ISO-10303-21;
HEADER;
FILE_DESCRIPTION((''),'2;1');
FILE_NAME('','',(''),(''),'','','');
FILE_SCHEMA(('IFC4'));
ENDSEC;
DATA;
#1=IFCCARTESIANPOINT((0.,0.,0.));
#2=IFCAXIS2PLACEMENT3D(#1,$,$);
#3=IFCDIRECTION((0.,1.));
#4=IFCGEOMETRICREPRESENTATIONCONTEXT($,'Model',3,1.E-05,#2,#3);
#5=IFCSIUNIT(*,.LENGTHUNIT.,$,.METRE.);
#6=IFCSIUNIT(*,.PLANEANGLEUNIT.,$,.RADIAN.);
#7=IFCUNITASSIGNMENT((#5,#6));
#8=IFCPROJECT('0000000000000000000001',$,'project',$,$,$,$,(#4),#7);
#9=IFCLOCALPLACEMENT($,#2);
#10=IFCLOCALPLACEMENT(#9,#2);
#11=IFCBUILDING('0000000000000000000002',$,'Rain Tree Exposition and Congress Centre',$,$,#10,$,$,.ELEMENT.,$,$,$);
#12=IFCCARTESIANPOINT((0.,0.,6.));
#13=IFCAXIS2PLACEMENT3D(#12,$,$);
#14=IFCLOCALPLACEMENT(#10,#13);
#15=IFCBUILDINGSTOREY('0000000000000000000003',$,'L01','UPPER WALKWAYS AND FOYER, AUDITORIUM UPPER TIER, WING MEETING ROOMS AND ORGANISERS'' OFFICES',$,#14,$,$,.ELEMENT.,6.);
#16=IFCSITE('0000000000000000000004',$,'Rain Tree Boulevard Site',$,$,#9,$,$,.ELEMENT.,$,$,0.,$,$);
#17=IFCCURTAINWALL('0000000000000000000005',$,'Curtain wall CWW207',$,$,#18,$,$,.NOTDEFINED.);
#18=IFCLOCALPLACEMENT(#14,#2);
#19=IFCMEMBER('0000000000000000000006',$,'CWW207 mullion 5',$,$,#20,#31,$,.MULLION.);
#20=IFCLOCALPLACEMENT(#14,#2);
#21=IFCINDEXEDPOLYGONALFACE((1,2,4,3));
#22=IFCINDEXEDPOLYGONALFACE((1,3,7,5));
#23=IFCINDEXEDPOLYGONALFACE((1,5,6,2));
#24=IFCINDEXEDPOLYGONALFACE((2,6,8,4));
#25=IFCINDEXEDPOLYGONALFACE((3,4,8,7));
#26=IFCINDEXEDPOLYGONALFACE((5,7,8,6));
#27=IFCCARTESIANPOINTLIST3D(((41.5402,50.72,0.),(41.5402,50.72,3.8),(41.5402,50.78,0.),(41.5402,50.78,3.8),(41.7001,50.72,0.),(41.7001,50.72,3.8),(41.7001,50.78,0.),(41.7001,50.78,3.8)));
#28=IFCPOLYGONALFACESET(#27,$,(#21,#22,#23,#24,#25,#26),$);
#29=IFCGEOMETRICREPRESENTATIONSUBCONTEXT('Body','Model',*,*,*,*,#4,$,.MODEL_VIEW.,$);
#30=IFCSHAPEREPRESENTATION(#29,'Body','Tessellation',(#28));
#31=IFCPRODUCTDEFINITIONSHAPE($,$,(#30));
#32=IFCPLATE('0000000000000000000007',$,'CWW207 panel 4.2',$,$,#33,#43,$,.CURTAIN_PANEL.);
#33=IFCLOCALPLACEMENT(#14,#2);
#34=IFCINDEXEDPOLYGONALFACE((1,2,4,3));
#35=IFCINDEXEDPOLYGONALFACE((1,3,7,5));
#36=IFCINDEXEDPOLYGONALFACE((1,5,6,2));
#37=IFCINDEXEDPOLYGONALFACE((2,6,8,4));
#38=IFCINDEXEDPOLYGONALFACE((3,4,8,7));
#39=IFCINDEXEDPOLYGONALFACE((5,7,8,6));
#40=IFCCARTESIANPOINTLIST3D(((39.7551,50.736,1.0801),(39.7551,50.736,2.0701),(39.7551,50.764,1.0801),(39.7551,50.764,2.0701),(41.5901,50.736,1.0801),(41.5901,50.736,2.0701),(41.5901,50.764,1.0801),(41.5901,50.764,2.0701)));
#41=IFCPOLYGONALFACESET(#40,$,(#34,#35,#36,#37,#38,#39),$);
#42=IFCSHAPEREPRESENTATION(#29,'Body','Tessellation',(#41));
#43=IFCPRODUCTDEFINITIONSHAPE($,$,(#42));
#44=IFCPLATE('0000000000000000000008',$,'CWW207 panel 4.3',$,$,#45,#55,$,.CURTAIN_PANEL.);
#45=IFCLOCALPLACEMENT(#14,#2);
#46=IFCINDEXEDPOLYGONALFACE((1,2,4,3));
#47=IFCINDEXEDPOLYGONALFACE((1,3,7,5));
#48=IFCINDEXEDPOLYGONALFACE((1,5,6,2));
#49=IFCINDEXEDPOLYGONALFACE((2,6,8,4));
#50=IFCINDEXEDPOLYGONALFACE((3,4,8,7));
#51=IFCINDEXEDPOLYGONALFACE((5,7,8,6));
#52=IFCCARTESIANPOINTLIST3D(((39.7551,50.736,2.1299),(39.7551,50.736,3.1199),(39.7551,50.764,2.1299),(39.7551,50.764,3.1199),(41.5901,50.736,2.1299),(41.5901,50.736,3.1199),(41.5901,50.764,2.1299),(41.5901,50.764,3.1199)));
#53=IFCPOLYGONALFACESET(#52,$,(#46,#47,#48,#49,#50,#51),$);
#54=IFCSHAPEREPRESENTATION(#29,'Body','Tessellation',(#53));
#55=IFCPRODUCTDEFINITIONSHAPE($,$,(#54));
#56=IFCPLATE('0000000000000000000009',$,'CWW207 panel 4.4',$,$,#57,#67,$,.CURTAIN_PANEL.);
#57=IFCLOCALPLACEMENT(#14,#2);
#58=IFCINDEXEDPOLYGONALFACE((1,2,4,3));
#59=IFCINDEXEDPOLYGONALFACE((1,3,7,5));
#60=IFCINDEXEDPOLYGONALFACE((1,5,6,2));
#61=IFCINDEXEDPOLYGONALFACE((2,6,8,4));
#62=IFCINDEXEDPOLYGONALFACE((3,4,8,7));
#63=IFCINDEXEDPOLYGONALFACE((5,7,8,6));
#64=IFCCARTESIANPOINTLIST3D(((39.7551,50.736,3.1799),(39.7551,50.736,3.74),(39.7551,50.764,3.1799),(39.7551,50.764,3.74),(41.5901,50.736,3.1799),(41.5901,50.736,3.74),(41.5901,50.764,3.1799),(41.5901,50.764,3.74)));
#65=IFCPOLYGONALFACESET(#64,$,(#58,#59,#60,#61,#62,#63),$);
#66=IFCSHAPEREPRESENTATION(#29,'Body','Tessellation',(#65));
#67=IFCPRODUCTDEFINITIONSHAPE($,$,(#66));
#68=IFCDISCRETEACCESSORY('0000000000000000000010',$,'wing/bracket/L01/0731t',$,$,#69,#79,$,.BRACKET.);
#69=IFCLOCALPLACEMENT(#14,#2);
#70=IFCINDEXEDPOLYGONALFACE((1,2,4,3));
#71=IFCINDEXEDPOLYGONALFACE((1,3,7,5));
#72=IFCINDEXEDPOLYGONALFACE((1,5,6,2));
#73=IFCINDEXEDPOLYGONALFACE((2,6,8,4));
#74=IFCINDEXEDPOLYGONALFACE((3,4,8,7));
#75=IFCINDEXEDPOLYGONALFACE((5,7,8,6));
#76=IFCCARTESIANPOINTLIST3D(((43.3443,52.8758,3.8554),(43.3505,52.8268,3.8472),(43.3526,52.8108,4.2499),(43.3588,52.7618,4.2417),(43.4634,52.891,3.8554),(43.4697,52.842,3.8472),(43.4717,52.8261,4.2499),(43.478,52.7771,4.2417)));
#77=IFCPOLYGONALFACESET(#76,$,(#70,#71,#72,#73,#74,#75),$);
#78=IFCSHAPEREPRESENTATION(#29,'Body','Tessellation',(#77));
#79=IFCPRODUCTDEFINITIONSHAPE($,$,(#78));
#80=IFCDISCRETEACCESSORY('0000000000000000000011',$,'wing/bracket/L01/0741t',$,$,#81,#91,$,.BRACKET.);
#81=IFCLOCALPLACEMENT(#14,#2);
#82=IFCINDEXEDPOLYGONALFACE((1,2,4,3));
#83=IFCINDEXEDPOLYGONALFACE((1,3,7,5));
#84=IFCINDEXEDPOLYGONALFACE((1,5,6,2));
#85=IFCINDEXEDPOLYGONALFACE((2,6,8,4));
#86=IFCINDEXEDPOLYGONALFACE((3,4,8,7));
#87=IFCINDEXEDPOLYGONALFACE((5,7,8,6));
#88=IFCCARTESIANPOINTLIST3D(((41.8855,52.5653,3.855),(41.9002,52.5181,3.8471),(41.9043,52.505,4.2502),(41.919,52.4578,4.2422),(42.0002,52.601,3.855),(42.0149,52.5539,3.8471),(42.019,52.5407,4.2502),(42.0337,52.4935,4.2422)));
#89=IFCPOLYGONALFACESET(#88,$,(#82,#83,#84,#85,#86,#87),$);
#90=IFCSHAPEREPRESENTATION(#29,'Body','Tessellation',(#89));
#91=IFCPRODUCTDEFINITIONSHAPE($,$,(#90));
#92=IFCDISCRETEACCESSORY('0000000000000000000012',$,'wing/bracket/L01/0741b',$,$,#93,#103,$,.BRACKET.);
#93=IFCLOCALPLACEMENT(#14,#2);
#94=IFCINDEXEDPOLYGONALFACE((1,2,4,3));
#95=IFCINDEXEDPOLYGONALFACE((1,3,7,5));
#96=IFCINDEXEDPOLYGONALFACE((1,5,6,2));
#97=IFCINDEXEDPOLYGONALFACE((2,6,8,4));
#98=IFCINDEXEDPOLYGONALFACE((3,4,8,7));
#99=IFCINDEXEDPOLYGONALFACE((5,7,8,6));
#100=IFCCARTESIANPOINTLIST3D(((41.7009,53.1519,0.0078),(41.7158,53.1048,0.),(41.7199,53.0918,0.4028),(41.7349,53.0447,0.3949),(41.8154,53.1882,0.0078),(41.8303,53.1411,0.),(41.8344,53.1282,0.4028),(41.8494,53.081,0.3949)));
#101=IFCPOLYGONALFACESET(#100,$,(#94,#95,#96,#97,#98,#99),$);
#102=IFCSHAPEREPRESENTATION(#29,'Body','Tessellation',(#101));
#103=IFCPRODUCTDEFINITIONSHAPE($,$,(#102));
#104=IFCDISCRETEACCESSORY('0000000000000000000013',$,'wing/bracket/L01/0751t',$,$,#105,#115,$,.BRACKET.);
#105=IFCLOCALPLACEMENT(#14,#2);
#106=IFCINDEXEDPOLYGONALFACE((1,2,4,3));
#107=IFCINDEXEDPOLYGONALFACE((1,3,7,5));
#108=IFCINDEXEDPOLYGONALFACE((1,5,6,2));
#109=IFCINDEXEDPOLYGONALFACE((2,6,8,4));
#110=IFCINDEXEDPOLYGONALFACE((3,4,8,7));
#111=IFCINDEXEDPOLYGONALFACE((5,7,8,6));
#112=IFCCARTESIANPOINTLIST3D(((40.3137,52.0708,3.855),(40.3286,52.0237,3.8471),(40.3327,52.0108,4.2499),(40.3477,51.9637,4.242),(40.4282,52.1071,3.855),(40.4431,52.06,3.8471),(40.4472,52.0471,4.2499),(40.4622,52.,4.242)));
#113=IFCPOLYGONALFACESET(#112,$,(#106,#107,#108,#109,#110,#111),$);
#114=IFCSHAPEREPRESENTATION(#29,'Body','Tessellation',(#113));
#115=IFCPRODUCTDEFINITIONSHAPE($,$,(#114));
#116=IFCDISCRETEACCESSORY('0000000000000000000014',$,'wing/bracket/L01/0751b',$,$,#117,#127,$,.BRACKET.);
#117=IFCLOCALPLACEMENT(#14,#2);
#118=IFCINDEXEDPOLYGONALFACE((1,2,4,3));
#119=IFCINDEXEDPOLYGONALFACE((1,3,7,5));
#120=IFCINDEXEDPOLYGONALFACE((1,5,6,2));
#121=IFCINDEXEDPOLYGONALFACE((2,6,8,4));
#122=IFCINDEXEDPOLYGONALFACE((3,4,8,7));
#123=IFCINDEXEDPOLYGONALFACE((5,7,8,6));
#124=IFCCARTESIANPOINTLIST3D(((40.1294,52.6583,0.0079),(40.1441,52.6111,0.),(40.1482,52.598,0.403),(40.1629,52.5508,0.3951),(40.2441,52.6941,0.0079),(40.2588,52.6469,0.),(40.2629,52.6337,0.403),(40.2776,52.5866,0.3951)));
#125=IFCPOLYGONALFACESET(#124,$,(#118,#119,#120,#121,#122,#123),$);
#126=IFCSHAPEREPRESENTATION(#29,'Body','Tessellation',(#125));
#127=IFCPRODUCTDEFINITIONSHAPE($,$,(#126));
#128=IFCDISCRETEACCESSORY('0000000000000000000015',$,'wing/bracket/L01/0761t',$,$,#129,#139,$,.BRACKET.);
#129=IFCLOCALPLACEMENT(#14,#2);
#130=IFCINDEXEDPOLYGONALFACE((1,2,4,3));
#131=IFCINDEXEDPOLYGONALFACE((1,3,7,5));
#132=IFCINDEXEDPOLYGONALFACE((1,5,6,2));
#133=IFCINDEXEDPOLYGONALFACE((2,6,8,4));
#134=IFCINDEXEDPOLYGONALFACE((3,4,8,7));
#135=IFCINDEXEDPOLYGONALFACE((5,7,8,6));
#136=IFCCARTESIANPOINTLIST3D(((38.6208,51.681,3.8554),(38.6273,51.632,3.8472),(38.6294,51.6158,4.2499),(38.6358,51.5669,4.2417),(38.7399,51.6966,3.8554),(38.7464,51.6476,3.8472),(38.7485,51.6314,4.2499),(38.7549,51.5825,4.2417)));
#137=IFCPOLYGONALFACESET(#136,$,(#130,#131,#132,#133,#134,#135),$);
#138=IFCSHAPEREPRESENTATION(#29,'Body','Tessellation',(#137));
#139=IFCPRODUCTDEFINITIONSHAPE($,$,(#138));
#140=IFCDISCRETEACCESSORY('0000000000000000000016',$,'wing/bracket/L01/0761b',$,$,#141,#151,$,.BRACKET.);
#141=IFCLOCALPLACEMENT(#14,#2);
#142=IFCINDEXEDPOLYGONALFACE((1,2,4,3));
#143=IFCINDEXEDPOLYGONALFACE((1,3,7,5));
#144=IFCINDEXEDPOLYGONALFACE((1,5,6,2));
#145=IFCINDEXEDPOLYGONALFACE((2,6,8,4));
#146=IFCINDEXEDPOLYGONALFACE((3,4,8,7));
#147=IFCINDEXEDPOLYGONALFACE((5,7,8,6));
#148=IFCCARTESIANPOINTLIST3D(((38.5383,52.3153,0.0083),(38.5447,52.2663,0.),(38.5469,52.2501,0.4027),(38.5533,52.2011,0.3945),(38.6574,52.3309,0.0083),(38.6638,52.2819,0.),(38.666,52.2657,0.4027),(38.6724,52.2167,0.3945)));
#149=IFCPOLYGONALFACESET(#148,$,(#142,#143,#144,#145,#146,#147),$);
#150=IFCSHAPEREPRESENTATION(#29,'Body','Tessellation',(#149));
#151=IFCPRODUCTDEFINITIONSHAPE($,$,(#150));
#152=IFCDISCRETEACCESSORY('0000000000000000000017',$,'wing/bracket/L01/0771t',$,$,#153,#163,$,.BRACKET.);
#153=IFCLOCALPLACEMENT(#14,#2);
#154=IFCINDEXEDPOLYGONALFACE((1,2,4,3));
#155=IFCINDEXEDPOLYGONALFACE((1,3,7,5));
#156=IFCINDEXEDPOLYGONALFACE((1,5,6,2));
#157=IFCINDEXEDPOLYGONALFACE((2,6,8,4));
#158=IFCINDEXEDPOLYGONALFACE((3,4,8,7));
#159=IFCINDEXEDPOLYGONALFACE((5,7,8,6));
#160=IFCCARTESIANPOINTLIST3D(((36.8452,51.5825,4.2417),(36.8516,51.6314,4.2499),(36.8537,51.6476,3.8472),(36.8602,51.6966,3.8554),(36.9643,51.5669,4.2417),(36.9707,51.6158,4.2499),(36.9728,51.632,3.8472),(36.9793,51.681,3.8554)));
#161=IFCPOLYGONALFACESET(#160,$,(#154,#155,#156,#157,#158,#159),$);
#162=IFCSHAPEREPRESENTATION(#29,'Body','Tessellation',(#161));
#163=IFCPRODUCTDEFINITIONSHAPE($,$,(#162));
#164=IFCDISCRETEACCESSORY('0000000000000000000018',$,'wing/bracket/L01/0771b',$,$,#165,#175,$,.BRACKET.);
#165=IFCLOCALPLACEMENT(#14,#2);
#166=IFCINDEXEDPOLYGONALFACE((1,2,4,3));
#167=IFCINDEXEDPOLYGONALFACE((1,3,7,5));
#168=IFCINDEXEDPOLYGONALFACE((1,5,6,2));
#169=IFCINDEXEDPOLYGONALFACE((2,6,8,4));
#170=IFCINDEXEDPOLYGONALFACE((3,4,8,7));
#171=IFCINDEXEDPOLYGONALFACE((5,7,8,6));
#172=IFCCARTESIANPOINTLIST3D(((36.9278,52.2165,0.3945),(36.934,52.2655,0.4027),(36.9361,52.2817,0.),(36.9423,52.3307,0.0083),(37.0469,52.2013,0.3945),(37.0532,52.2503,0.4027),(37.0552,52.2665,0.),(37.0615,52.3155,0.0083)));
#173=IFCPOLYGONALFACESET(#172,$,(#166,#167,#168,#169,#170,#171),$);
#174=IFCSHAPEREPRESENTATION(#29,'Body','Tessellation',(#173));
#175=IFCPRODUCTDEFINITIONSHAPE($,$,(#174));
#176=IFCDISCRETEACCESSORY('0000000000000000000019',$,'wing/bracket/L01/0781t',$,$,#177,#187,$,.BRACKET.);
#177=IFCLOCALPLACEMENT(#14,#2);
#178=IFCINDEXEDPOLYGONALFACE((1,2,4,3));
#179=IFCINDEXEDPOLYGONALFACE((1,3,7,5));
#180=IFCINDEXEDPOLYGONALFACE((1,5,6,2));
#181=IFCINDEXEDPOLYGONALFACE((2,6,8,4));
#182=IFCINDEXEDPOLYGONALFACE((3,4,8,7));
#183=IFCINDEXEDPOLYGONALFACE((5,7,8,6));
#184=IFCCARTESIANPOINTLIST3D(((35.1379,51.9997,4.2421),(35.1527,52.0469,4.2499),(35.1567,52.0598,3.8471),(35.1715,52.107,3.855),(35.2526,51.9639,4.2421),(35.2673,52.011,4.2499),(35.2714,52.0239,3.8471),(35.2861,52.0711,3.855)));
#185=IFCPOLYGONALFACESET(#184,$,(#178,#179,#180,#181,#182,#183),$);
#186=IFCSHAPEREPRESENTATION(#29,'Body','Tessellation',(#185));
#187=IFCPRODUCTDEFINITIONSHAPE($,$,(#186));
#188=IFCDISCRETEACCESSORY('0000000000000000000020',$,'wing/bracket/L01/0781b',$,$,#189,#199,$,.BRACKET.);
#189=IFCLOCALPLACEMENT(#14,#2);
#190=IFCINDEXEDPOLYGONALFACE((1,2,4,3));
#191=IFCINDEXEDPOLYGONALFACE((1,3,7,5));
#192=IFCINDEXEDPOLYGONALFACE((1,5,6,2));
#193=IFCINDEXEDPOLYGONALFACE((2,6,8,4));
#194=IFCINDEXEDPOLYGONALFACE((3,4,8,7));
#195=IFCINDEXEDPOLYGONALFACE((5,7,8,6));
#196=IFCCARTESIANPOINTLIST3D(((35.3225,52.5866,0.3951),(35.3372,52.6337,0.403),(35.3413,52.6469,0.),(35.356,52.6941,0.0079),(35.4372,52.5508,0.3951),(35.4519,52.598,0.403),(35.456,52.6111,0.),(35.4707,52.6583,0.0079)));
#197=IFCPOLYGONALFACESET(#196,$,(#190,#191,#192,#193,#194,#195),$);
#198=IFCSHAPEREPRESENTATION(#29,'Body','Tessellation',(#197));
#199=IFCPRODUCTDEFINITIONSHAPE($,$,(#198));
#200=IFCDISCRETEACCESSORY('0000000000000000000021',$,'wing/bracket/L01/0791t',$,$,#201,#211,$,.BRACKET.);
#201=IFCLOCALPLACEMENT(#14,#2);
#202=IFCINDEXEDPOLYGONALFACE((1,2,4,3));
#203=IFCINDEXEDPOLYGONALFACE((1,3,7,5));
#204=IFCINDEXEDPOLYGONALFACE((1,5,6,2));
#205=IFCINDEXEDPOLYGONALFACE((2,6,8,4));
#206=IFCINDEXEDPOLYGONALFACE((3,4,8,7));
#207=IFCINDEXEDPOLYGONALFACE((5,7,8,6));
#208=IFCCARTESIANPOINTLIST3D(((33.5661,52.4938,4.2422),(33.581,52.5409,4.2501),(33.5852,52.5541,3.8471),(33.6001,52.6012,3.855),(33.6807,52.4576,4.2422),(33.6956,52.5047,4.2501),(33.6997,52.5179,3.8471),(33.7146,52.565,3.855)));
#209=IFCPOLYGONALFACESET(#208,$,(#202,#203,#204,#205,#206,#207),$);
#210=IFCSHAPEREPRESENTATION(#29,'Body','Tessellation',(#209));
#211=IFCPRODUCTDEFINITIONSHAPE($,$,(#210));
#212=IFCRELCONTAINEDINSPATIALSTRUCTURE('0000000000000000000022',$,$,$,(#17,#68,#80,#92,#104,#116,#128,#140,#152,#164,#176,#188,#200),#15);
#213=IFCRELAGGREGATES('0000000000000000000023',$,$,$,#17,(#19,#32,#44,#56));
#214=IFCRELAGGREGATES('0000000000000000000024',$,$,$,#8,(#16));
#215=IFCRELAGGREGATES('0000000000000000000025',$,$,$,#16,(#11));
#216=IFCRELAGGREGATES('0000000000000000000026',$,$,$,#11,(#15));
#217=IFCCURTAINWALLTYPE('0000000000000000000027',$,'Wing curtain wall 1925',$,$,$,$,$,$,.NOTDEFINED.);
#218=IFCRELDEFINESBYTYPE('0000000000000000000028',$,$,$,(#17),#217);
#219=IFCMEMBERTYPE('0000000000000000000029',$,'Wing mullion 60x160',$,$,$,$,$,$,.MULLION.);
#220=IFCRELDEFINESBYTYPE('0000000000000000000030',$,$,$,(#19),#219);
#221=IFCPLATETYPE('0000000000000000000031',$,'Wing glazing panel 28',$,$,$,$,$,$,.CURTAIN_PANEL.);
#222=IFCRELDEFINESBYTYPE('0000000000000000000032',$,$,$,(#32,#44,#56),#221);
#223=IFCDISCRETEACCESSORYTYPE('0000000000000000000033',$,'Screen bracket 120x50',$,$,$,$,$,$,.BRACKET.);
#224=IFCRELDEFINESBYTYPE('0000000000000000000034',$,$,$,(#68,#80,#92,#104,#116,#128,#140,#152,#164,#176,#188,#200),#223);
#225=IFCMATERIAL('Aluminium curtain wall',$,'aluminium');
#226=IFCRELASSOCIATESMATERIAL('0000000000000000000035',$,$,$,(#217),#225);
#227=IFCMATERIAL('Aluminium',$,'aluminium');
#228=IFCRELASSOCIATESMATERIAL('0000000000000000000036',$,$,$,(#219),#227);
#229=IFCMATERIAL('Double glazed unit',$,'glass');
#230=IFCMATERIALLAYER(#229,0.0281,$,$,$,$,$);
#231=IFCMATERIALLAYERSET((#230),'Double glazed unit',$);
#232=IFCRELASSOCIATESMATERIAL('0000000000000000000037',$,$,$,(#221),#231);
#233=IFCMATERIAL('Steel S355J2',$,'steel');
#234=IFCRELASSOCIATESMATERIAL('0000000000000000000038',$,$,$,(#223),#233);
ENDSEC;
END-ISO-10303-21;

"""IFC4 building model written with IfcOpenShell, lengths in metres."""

from ifc_helpers import new_model, si_unit, direction, frame, origin, origin_2d, place, context, subcontext, project, spatial, rectangle, extrude, material, layer, layer_set, material_profile, profile_set, type_object, element, aggregate, save


model = new_model("IFC4")

# Units and contexts
model_context = context("Model", 3, precision=1e-05, world=origin(), true_north=direction((0.0, 1.0)))
body_context = subcontext(model_context, "Body", "Model", "MODEL_VIEW")
ifc_project = project(units=[si_unit("LENGTHUNIT", "METRE"), si_unit("PLANEANGLEUNIT", "RADIAN")], contexts=[model_context])

# Site, building, storey
site_placement = place(None, origin())
site = spatial("IfcSite", under=ifc_project, at=site_placement, Name="Rain Tree Boulevard Site", CompositionType="ELEMENT", RefElevation=0.0)
building_placement = place(site_placement, origin())
building = spatial("IfcBuilding", under=site, at=building_placement, Name="Rain Tree Exposition and Congress Centre", CompositionType="ELEMENT")
storey_placement = place(building_placement, frame((0.0, 0.0, 6.0)))
storey = spatial("IfcBuildingStorey", under=building, at=storey_placement, Name="L01", Description="UPPER WALKWAYS AND FOYER, AUDITORIUM UPPER TIER, WING MEETING ROOMS AND ORGANISERS' OFFICES", CompositionType="ELEMENT", Elevation=6.0)

# Curtain wall, member, plates
ifc_material_1 = material(Name="Aluminium curtain wall", Category="aluminium")
curtain_wall_type = type_object("IfcCurtainWallType", Name="Wing curtain wall 1925", PredefinedType="NOTDEFINED", material=ifc_material_1)
curtain_wall_placement = place(storey_placement, origin())
curtain_wall = element("IfcCurtainWall", 1, at=curtain_wall_placement, inside=storey, type_object=curtain_wall_type, Name="Curtain wall CWW207", PredefinedType="NOTDEFINED")
ifc_material_2 = material(Name="Aluminium", Category="aluminium")
ifc_material_profile_1 = material_profile(ifc_material_2, rectangle(XDim=0.0601, YDim=0.1599, at=origin_2d()), Name="Aluminium 60x160")
ifc_profile_set_1 = profile_set([ifc_material_profile_1], Name="Aluminium")
member_type = type_object("IfcMemberType", Name="Wing mullion 60x160", PredefinedType="MULLION", material=ifc_profile_set_1)
member_placement = place(storey_placement, frame((41.6201, 50.75, 0.0), z_axis=(0.0, 0.0, 1.0), x_axis=(0.0, 1.0, 0.0)))
member = element("IfcMember", 2, at=member_placement, type_object=member_type, Name="CWW207 mullion 5", PredefinedType="MULLION", context=body_context, shape_type="SweptSolid", body=[
    extrude(rectangle(XDim=0.0601, YDim=0.1599, at=origin_2d()), origin(), (0.0, 0.0, 1.0), 3.8),
])
ifc_material_3 = material(Name="Double glazed unit", Category="glass")
ifc_layer_1 = layer(ifc_material_3, 0.0281)
ifc_layer_set_1 = layer_set([ifc_layer_1], Name="Double glazed unit")
plate_type = type_object("IfcPlateType", Name="Wing glazing panel 28", PredefinedType="CURTAIN_PANEL", material=ifc_layer_set_1)
plate_1_placement = place(storey_placement, frame((40.6726, 50.75, 1.0801), z_axis=(0.0, 0.0, 1.0), x_axis=(1.0, 0.0, 0.0)))
plate_1 = element("IfcPlate", 3, at=plate_1_placement, type_object=plate_type, Name="CWW207 panel 4.2", PredefinedType="CURTAIN_PANEL", context=body_context, shape_type="SweptSolid", body=[
    extrude(rectangle(XDim=1.835, YDim=0.0281, at=origin_2d()), origin(), (0.0, 0.0, 1.0), 0.99),
])
plate_2_placement = place(storey_placement, frame((40.6726, 50.75, 2.1299), z_axis=(0.0, 0.0, 1.0), x_axis=(1.0, 0.0, 0.0)))
plate_2 = element("IfcPlate", 4, at=plate_2_placement, type_object=plate_type, Name="CWW207 panel 4.3", PredefinedType="CURTAIN_PANEL", context=body_context, shape_type="SweptSolid", body=[
    extrude(rectangle(XDim=1.835, YDim=0.0281, at=origin_2d()), origin(), (0.0, 0.0, 1.0), 0.99),
])
plate_3_placement = place(storey_placement, frame((40.6726, 50.75, 3.1799), z_axis=(0.0, 0.0, 1.0), x_axis=(1.0, 0.0, 0.0)))
plate_3 = element("IfcPlate", 5, at=plate_3_placement, type_object=plate_type, Name="CWW207 panel 4.4", PredefinedType="CURTAIN_PANEL", context=body_context, shape_type="SweptSolid", body=[
    extrude(rectangle(XDim=1.835, YDim=0.0281, at=origin_2d()), origin(), (0.0, 0.0, 1.0), 0.5601),
])
aggregate(curtain_wall, [member, plate_1, plate_2, plate_3])

# Discrete accessories
ifc_material_4 = material(Name="Steel S355J2", Category="steel")
ifc_material_profile_2 = material_profile(ifc_material_4, rectangle(XDim=0.1201, YDim=0.05, at=origin_2d()), Name="Flat bar 120x50")
ifc_profile_set_2 = profile_set([ifc_material_profile_2], Name="Steel S355J2")
discrete_accessory_type = type_object("IfcDiscreteAccessoryType", Name="Screen bracket 120x50", PredefinedType="BRACKET", material=ifc_profile_set_2)
discrete_accessory_1_placement = place(storey_placement, frame((43.407, 52.8589, 3.8513), z_axis=(0.020756, -0.162383, 0.986509), x_axis=(0.99193, 0.126788, 0.0)))
element("IfcDiscreteAccessory", 6, at=discrete_accessory_1_placement, inside=storey, type_object=discrete_accessory_type, Name="wing/bracket/L01/0731t", PredefinedType="BRACKET", context=body_context, shape_type="SweptSolid", body=[
    extrude(rectangle(XDim=0.1201, YDim=0.05, at=origin_2d()), origin(), (0.0, 0.0, 1.0), 0.3999),
])
discrete_accessory_2_placement = place(storey_placement, frame((41.9502, 52.5596, 3.8511), z_axis=(0.046993, -0.150743, 0.987456), x_axis=(0.954686, 0.297615, 0.0)))
element("IfcDiscreteAccessory", 7, at=discrete_accessory_2_placement, inside=storey, type_object=discrete_accessory_type, Name="wing/bracket/L01/0741t", PredefinedType="BRACKET", context=body_context, shape_type="SweptSolid", body=[
    extrude(rectangle(XDim=0.1201, YDim=0.05, at=origin_2d()), origin(), (0.0, 0.0, 1.0), 0.4001),
])
for number, where, z_axis, x_axis, name in (
    (8, (41.7656, 53.1465, 0.0039), (0.047606, -0.150142, 0.987518), (0.953231, 0.302244, 0.0), "wing/bracket/L01/0741b"),
    (9, (40.3784, 52.0654, 3.8511), (0.047606, -0.150142, 0.987518), (0.953231, 0.302244, 0.0), "wing/bracket/L01/0751t"),
):
    element("IfcDiscreteAccessory", number, at=place(storey_placement, frame(where, z_axis=z_axis, x_axis=x_axis)), inside=storey, type_object=discrete_accessory_type, Name=name, PredefinedType="BRACKET", context=body_context, shape_type="SweptSolid", body=[
        extrude(rectangle(XDim=0.1201, YDim=0.05, at=origin_2d()), origin(), (0.0, 0.0, 1.0), 0.3999),
    ])
discrete_accessory_3_placement = place(storey_placement, frame((40.1941, 52.6526, 0.0039), z_axis=(0.046993, -0.150743, 0.987456), x_axis=(0.954686, 0.297615, 0.0)))
element("IfcDiscreteAccessory", 10, at=discrete_accessory_3_placement, inside=storey, type_object=discrete_accessory_type, Name="wing/bracket/L01/0751b", PredefinedType="BRACKET", context=body_context, shape_type="SweptSolid", body=[
    extrude(rectangle(XDim=0.1201, YDim=0.05, at=origin_2d()), origin(), (0.0, 0.0, 1.0), 0.4001),
])
for number, where, z_axis, x_axis, name in (
    (11, (38.6836, 51.6643, 3.8513), (0.021364, -0.162976, 0.986399), (0.991517, 0.129974, 0.0), "wing/bracket/L01/0761t"),
    (12, (38.6011, 52.2986, 0.0042), (0.021364, -0.162976, 0.986399), (0.991517, 0.129974, 0.0), "wing/bracket/L01/0761b"),
    (13, (36.9165, 51.6643, 3.8513), (-0.021364, -0.162976, 0.986399), (0.991517, -0.129974, 0.0), "wing/bracket/L01/0771t"),
    (14, (36.9988, 52.2986, 0.0042), (-0.020754, -0.162978, 0.986411), (0.991989, -0.126321, 0.0), "wing/bracket/L01/0771b"),
    (15, (35.2214, 52.0654, 3.8511), (-0.046997, -0.150146, 0.987546), (0.954342, -0.298717, 0.0), "wing/bracket/L01/0781t"),
):
    element("IfcDiscreteAccessory", number, at=place(storey_placement, frame(where, z_axis=z_axis, x_axis=x_axis)), inside=storey, type_object=discrete_accessory_type, Name=name, PredefinedType="BRACKET", context=body_context, shape_type="SweptSolid", body=[
        extrude(rectangle(XDim=0.1201, YDim=0.05, at=origin_2d()), origin(), (0.0, 0.0, 1.0), 0.3999),
    ])
for number, where, z_axis, x_axis, name in (
    (16, (35.406, 52.6526, 0.0039), (-0.046993, -0.150743, 0.987456), (0.954686, -0.297615, 0.0), "wing/bracket/L01/0781b"),
    (17, (33.6499, 52.5596, 3.8511), (-0.047602, -0.150738, 0.987427), (0.953583, -0.301131, 0.0), "wing/bracket/L01/0791t"),
):
    element("IfcDiscreteAccessory", number, at=place(storey_placement, frame(where, z_axis=z_axis, x_axis=x_axis)), inside=storey, type_object=discrete_accessory_type, Name=name, PredefinedType="BRACKET", context=body_context, shape_type="SweptSolid", body=[
        extrude(rectangle(XDim=0.1201, YDim=0.05, at=origin_2d()), origin(), (0.0, 0.0, 1.0), 0.4001),
    ])

save(model, "model.ifc")
